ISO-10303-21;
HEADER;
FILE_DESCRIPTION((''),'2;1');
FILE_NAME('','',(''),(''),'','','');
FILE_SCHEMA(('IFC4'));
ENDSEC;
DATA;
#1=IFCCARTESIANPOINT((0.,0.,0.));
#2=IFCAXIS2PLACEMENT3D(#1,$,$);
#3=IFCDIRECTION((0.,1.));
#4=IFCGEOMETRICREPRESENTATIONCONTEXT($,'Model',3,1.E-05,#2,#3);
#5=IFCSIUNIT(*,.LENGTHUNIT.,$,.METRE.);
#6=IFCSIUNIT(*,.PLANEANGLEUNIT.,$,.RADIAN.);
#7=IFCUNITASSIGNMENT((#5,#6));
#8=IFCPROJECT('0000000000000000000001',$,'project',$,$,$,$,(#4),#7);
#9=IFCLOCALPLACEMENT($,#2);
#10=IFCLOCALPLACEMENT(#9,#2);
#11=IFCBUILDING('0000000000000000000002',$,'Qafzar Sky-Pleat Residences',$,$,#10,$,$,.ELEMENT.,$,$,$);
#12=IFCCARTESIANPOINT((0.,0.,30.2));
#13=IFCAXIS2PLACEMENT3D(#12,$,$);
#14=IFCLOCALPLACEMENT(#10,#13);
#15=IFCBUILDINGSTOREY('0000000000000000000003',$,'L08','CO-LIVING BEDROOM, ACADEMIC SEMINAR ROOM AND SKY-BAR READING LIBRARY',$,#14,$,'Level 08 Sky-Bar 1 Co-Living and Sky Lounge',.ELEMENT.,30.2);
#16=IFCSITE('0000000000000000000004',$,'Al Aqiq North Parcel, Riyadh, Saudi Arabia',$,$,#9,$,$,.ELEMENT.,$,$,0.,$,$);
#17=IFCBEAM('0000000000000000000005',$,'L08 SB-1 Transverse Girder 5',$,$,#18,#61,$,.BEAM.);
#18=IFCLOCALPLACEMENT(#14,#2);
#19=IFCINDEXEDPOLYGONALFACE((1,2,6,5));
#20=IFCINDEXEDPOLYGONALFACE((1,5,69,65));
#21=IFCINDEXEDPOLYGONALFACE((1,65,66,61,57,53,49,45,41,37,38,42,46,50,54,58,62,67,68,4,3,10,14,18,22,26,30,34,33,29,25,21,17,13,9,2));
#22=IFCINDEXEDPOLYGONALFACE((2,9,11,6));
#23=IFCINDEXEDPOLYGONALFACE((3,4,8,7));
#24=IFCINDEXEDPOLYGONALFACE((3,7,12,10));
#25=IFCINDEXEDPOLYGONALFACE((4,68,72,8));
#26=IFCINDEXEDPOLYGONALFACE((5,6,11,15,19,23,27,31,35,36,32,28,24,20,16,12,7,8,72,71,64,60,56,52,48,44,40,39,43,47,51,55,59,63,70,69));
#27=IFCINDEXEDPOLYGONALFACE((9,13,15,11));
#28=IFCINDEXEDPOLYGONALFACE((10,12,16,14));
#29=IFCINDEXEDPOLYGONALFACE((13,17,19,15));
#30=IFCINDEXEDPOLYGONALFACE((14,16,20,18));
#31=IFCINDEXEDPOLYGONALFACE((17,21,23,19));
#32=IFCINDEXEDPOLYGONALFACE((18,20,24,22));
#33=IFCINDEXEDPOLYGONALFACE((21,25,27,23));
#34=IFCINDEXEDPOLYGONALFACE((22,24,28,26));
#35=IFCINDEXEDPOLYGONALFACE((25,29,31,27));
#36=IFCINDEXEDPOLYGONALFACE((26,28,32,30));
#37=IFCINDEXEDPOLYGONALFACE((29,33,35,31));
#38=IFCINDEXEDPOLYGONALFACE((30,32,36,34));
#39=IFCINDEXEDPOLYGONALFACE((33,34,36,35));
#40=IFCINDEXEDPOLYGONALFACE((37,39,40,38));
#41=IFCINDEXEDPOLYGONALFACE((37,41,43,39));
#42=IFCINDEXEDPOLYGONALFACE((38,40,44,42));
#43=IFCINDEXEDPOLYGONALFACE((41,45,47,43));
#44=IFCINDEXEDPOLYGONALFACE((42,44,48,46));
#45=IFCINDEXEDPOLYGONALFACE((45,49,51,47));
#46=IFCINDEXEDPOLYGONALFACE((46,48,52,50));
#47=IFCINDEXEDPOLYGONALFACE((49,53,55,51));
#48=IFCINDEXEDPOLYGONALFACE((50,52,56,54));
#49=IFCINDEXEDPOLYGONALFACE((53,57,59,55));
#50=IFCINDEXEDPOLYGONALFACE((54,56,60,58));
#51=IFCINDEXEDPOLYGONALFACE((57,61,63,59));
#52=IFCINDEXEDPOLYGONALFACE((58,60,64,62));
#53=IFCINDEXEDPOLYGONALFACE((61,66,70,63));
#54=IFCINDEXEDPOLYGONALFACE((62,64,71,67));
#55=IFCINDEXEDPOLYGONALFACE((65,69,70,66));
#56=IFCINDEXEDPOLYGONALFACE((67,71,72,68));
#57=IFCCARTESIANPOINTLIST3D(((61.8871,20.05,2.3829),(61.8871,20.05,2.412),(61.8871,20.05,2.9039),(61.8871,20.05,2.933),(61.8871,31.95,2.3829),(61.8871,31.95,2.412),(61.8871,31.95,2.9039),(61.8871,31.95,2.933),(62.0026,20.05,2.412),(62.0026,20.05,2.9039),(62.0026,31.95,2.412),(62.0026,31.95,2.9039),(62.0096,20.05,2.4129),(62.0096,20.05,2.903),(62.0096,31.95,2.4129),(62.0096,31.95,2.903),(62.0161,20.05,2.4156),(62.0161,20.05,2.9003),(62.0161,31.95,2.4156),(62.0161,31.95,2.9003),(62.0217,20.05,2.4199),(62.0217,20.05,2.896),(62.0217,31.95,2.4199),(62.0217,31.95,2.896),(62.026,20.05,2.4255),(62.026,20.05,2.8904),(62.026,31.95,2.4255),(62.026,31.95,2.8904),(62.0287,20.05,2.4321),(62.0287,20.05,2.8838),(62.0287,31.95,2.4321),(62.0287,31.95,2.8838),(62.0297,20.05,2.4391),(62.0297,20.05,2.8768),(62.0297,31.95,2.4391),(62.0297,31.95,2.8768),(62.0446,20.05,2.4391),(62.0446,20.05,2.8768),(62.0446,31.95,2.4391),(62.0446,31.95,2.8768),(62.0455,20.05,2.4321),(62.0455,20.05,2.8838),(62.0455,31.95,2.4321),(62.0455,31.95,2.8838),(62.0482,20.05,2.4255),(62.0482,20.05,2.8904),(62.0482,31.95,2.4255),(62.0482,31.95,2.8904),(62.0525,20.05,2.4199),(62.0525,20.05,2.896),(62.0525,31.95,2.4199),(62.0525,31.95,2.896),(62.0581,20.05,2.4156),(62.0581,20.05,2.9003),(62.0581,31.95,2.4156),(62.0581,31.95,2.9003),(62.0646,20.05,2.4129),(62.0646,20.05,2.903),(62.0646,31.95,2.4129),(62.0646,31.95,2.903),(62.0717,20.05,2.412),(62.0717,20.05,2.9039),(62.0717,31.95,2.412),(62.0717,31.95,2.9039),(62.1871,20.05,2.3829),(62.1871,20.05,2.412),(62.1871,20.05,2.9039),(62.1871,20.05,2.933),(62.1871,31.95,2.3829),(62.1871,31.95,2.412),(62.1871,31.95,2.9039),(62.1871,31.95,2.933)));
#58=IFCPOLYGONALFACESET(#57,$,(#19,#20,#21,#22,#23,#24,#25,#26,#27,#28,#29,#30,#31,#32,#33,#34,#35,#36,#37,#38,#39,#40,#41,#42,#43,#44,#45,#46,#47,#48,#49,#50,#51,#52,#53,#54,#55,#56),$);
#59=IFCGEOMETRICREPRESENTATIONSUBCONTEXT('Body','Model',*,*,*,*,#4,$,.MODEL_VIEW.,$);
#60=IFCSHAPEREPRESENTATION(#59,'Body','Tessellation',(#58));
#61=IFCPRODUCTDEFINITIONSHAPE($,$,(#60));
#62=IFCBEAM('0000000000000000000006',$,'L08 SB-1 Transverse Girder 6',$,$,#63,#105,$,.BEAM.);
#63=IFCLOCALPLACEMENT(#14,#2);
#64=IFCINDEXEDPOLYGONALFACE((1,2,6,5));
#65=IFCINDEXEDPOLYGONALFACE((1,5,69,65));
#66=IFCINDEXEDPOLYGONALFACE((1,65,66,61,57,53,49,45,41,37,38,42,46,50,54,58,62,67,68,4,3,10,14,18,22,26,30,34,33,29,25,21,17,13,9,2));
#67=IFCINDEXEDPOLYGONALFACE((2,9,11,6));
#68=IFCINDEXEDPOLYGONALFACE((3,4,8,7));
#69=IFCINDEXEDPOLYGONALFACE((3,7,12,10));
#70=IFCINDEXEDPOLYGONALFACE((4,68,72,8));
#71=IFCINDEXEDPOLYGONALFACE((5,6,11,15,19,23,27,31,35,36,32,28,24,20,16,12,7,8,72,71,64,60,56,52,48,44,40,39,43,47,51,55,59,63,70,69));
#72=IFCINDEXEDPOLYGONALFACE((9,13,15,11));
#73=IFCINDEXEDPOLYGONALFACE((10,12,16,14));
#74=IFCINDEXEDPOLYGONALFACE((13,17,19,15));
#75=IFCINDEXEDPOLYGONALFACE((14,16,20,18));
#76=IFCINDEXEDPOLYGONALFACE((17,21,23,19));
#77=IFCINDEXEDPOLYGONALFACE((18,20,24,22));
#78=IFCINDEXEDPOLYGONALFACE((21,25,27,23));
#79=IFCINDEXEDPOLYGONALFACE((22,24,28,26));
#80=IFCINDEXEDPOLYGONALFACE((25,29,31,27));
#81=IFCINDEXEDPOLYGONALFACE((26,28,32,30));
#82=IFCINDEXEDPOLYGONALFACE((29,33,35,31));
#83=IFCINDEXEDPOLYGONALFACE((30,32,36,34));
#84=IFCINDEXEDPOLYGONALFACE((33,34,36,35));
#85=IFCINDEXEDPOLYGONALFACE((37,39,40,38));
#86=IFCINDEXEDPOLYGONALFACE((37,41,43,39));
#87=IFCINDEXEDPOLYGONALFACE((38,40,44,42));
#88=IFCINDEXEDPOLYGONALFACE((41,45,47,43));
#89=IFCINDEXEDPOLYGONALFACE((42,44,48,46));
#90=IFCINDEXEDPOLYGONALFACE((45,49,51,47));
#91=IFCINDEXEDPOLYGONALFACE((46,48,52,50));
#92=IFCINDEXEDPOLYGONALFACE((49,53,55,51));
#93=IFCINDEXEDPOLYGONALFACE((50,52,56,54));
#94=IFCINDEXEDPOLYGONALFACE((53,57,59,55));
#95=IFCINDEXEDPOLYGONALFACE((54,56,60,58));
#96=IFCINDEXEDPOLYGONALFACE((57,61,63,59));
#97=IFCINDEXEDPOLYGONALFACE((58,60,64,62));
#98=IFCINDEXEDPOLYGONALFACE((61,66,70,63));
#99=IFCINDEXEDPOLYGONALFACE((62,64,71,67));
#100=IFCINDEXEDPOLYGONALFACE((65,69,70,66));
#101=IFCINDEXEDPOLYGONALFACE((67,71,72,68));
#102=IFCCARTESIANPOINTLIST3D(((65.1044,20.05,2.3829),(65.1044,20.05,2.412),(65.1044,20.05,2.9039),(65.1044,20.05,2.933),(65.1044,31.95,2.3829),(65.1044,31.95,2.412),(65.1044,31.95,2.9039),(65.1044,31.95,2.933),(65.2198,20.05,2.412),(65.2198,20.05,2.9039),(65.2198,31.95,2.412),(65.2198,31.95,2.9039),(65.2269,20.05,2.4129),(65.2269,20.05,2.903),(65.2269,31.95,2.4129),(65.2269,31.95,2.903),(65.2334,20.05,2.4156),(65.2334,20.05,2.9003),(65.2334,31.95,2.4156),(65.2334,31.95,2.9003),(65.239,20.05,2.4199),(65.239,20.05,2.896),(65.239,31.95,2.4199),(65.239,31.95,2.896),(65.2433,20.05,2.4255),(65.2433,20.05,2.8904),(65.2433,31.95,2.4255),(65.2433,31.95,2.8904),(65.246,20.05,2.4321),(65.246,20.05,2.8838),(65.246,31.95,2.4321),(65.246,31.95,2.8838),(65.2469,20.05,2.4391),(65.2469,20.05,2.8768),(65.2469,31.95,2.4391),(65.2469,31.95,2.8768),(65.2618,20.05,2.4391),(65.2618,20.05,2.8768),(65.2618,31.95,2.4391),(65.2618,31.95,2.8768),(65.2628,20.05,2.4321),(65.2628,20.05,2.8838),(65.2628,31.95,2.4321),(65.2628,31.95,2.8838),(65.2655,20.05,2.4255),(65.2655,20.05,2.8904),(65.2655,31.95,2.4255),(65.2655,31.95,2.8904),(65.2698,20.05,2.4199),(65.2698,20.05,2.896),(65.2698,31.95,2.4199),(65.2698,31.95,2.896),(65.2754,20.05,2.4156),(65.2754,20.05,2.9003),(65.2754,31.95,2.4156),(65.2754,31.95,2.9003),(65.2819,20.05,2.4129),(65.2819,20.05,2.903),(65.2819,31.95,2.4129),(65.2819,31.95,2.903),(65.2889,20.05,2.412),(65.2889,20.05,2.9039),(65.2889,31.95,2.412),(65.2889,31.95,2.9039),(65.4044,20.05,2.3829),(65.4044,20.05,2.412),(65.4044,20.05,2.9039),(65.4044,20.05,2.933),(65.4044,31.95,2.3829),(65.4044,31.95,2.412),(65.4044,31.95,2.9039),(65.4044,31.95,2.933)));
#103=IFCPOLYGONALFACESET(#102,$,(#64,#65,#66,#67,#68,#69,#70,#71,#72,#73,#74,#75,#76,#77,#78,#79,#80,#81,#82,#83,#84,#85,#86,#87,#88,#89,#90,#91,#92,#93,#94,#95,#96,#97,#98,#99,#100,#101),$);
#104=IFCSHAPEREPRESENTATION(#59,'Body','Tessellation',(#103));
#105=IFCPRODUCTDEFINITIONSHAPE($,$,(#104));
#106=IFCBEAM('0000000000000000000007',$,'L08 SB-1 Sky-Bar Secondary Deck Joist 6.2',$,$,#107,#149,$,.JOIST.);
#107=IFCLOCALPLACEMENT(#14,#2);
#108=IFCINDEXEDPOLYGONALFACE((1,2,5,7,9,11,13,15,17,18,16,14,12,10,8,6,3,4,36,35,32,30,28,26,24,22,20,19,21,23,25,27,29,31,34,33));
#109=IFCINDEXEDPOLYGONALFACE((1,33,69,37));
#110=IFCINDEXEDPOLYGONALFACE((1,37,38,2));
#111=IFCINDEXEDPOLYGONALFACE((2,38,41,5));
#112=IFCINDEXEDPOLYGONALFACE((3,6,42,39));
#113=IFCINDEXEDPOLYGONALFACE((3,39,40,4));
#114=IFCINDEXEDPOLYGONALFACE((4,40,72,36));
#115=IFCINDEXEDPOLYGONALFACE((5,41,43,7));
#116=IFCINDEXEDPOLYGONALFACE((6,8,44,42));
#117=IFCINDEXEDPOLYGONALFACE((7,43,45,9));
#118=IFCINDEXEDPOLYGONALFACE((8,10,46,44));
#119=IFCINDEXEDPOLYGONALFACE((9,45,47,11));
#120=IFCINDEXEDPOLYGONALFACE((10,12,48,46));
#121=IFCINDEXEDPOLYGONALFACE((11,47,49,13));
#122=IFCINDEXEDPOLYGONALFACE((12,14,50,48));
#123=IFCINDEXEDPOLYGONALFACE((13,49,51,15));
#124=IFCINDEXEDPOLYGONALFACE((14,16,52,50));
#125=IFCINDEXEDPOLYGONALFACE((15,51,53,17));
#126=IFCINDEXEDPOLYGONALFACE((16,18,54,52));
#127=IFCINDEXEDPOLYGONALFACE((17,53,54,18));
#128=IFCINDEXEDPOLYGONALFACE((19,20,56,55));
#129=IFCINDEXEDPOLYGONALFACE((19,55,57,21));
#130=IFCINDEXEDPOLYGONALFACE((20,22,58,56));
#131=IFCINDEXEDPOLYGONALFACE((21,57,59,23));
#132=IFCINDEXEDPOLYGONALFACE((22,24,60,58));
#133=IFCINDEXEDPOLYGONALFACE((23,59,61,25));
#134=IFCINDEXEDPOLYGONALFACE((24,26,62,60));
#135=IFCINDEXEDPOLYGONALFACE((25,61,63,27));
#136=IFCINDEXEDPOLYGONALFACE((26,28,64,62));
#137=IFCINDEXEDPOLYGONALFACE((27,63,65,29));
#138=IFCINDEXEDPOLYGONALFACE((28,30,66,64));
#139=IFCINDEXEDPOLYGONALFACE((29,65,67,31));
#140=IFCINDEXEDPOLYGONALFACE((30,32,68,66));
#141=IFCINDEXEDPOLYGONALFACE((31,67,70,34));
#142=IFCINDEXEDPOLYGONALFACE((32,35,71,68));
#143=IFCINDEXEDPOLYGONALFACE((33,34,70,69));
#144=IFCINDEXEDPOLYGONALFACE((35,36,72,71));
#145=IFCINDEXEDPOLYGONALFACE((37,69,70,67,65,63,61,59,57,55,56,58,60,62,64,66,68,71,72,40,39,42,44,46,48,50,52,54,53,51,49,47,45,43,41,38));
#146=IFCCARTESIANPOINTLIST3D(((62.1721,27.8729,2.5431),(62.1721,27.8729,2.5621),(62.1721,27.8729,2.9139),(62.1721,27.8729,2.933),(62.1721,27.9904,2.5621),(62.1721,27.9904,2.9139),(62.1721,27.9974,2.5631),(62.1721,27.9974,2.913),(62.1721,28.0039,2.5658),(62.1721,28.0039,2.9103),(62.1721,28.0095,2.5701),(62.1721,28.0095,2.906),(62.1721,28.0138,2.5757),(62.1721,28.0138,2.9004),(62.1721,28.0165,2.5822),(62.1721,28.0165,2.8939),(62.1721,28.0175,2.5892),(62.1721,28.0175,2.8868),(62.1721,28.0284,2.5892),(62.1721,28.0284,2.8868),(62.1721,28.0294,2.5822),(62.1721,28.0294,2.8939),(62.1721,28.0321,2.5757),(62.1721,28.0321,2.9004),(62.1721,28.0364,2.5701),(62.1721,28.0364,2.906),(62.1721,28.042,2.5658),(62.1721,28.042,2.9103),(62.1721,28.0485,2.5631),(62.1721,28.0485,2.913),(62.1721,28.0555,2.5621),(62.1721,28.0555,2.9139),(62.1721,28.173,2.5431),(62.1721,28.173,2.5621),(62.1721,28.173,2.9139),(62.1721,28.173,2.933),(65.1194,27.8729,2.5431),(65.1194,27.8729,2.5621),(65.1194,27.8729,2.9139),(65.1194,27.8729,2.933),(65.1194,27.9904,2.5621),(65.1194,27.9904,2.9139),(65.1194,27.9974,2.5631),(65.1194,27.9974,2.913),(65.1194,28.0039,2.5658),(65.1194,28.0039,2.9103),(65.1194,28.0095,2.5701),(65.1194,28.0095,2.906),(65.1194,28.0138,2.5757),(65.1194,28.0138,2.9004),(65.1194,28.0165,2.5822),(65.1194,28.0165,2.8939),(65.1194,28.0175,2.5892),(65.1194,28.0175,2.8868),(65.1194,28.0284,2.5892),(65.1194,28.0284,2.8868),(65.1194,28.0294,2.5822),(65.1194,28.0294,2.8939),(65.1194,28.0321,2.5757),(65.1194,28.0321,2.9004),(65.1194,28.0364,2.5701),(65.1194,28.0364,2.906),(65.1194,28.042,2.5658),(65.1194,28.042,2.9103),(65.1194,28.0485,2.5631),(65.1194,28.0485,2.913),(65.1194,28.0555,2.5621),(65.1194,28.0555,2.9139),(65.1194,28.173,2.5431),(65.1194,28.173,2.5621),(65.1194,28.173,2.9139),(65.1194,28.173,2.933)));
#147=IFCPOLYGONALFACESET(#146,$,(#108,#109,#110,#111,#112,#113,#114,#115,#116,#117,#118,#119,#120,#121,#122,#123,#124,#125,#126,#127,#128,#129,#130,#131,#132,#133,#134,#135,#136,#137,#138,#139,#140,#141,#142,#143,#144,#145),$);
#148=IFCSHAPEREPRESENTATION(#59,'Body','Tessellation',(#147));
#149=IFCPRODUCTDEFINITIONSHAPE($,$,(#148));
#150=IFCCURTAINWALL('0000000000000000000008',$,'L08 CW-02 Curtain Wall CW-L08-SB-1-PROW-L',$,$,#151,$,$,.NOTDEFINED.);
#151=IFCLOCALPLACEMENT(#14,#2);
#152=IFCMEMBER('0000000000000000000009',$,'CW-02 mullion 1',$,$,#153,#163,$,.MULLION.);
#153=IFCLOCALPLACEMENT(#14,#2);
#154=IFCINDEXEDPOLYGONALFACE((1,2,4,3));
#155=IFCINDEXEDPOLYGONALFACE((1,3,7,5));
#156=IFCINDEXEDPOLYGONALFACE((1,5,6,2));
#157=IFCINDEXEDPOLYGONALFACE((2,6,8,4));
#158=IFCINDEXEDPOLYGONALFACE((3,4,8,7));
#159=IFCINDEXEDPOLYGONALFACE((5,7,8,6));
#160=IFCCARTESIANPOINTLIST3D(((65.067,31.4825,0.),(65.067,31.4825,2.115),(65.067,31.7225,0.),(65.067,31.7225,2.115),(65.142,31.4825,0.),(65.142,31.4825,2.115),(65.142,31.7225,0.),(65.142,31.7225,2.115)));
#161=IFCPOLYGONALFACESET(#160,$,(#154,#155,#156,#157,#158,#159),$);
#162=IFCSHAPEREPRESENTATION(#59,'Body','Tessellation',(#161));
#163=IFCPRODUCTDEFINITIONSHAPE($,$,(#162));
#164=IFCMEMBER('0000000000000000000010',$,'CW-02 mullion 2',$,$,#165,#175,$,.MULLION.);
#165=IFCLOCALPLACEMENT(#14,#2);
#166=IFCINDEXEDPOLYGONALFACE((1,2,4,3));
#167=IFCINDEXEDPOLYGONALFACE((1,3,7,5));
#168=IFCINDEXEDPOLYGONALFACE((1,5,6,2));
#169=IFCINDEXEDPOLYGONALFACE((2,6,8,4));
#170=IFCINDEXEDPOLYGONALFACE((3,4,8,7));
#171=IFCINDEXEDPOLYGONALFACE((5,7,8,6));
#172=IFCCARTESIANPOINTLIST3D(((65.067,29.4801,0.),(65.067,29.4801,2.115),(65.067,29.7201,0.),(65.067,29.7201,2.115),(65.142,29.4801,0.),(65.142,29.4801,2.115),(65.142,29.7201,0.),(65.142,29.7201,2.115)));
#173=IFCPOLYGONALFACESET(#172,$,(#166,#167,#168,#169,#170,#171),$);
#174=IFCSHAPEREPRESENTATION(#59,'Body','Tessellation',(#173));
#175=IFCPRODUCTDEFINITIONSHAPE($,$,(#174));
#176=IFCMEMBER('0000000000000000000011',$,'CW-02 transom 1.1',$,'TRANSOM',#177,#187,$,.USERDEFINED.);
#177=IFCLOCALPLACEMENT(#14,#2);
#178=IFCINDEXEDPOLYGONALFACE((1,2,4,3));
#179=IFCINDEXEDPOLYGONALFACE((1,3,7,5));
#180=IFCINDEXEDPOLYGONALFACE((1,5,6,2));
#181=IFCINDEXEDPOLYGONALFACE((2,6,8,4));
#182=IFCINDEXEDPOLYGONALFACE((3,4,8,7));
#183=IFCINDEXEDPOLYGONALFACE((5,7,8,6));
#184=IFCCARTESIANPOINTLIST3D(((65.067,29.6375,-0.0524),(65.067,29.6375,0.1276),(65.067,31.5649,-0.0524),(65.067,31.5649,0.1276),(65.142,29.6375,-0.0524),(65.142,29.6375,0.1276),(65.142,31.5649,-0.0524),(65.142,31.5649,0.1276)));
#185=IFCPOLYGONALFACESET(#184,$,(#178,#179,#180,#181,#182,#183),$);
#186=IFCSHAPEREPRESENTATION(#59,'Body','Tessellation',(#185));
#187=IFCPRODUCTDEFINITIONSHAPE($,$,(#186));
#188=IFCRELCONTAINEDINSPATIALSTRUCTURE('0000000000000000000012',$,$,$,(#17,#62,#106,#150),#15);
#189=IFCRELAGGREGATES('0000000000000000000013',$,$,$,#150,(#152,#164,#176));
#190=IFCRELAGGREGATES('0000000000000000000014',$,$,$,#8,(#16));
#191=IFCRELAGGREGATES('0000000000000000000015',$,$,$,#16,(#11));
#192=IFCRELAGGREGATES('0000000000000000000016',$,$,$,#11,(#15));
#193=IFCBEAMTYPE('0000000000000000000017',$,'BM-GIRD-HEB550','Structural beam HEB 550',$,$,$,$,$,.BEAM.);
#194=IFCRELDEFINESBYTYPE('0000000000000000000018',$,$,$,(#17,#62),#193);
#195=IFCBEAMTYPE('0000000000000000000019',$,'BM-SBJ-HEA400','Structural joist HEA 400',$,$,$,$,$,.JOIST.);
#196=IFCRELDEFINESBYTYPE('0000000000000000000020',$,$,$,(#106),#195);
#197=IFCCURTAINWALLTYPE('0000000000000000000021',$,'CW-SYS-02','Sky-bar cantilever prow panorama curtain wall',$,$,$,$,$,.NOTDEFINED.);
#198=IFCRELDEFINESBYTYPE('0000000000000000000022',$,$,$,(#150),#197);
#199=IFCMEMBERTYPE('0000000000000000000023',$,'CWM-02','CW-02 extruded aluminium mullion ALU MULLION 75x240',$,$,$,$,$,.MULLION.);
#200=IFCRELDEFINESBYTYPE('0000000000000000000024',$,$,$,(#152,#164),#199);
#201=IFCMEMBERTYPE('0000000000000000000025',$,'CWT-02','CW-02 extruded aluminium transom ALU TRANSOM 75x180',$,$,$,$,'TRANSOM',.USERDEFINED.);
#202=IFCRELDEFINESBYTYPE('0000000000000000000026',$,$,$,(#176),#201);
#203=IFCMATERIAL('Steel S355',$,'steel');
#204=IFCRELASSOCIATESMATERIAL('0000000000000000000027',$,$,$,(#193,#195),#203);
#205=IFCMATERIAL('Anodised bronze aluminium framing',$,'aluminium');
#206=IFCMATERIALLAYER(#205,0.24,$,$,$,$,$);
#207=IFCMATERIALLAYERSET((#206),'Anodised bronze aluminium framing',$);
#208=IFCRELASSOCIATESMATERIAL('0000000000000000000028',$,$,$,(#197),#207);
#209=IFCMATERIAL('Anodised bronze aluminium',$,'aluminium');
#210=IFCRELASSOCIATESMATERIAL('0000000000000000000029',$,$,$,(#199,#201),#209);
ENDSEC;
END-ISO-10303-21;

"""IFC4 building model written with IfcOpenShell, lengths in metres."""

from ifc_helpers import new_model, si_unit, direction, frame, origin, origin_2d, place, context, subcontext, project, spatial, rectangle, i_section, extrude, source, transform, mapped, material, layer, layer_set, material_profile, profile_set, type_object, element, aggregate, save


model = new_model("IFC4")

# Units and contexts
model_context = context("Model", 3, precision=1e-05, world=origin(), true_north=direction((0.0, 1.0)))
body_context = subcontext(model_context, "Body", "Model", "MODEL_VIEW")
ifc_project = project(units=[si_unit("LENGTHUNIT", "METRE"), si_unit("PLANEANGLEUNIT", "RADIAN")], contexts=[model_context])

# Site, building, storey
site_placement = place(None, origin())
site = spatial("IfcSite", under=ifc_project, at=site_placement, Name="Al Aqiq North Parcel, Riyadh, Saudi Arabia", CompositionType="ELEMENT", RefElevation=0.0)
building_placement = place(site_placement, origin())
building = spatial("IfcBuilding", under=site, at=building_placement, Name="Qafzar Sky-Pleat Residences", CompositionType="ELEMENT")
storey_placement = place(building_placement, frame((0.0, 0.0, 30.2)))
storey = spatial("IfcBuildingStorey", under=building, at=storey_placement, Name="L08", Description="CO-LIVING BEDROOM, ACADEMIC SEMINAR ROOM AND SKY-BAR READING LIBRARY", LongName="Level 08 Sky-Bar 1 Co-Living and Sky Lounge", CompositionType="ELEMENT", Elevation=30.2)

# Beams
ifc_material_1 = material(Name="Steel S355", Category="steel")
ifc_material_profile_1 = material_profile(ifc_material_1, i_section(OverallWidth=0.3, OverallDepth=0.55, WebThickness=0.0149, FlangeThickness=0.0291, FilletRadius=0.0271, at=origin_2d()), Name="HEB 550")
ifc_profile_set_1 = profile_set([ifc_material_profile_1], Name="Steel S355")
beam_type_1 = type_object("IfcBeamType", Name="BM-GIRD-HEB550", Description="Structural beam HEB 550", PredefinedType="BEAM", material=ifc_profile_set_1)
shared_shape_1 = source(origin(), body_context, "Body", "SweptSolid", [
    extrude(i_section(OverallWidth=0.3, OverallDepth=0.55, WebThickness=0.0149, FlangeThickness=0.0291, FilletRadius=0.0271, at=origin_2d()), origin(), (0.0, 0.0, 1.0), 11.8999),
])
for number, where, z_axis, x_axis, name in (
    (1, (62.0371, 31.95, 2.658), (0.0, -1.0, 0.0), (1.0, 0.0, 0.0), "L08 SB-1 Transverse Girder 5"),
    (2, (65.2544, 31.95, 2.658), (0.0, -1.0, 0.0), (1.0, 0.0, 0.0), "L08 SB-1 Transverse Girder 6"),
):
    element("IfcBeam", number, at=place(storey_placement, frame(where, z_axis=z_axis, x_axis=x_axis)), inside=storey, type_object=beam_type_1, Name=name, PredefinedType="BEAM", context=body_context, shape_type="MappedRepresentation", body=[
        mapped(shared_shape_1, transform((0.0, 0.0, 0.0), x_axis=(1.0, 0.0, 0.0), y_axis=(0.0, 1.0, 0.0), z_axis=(0.0, 0.0, 1.0), scale=1.0)),
    ])
ifc_material_profile_2 = material_profile(ifc_material_1, i_section(OverallWidth=0.3, OverallDepth=0.3899, WebThickness=0.011, FlangeThickness=0.019, FilletRadius=0.0271, at=origin_2d()), Name="HEA 400")
ifc_profile_set_2 = profile_set([ifc_material_profile_2], Name="Steel S355")
beam_type_2 = type_object("IfcBeamType", Name="BM-SBJ-HEA400", Description="Structural joist HEA 400", PredefinedType="JOIST", material=ifc_profile_set_2)
shared_shape_2 = source(origin(), body_context, "Body", "SweptSolid", [
    extrude(i_section(OverallWidth=0.3, OverallDepth=0.3899, WebThickness=0.011, FlangeThickness=0.019, FilletRadius=0.0271, at=origin_2d()), origin(), (0.0, 0.0, 1.0), 2.9473),
])
beam_1_placement = place(storey_placement, frame((62.1721, 28.0229, 2.738), z_axis=(1.0, 0.0, 0.0), x_axis=(0.0, 1.0, 0.0)))
element("IfcBeam", 3, at=beam_1_placement, inside=storey, type_object=beam_type_2, Name="L08 SB-1 Sky-Bar Secondary Deck Joist 6.2", PredefinedType="JOIST", context=body_context, shape_type="MappedRepresentation", body=[
    mapped(shared_shape_2, transform((0.0, 0.0, 0.0), x_axis=(1.0, 0.0, 0.0), y_axis=(0.0, 1.0, 0.0), z_axis=(0.0, 0.0, 1.0), scale=1.0)),
])

# Curtain wall, members
ifc_material_2 = material(Name="Anodised bronze aluminium framing", Category="aluminium")
ifc_layer_1 = layer(ifc_material_2, 0.24)
ifc_layer_set_1 = layer_set([ifc_layer_1], Name="Anodised bronze aluminium framing")
curtain_wall_type = type_object("IfcCurtainWallType", Name="CW-SYS-02", Description="Sky-bar cantilever prow panorama curtain wall", PredefinedType="NOTDEFINED", material=ifc_layer_set_1)
curtain_wall_placement = place(storey_placement, origin())
curtain_wall = element("IfcCurtainWall", 4, at=curtain_wall_placement, inside=storey, type_object=curtain_wall_type, Name="L08 CW-02 Curtain Wall CW-L08-SB-1-PROW-L", PredefinedType="NOTDEFINED")
ifc_material_3 = material(Name="Anodised bronze aluminium", Category="aluminium")
ifc_material_profile_3 = material_profile(ifc_material_3, rectangle(XDim=0.075, YDim=0.24, at=origin_2d()), Name="ALU MULLION 75x240")
ifc_profile_set_3 = profile_set([ifc_material_profile_3], Name="Anodised bronze aluminium")
member_type_1 = type_object("IfcMemberType", Name="CWM-02", Description="CW-02 extruded aluminium mullion ALU MULLION 75x240", PredefinedType="MULLION", material=ifc_profile_set_3)
shared_shape_3 = source(origin(), body_context, "Body", "SweptSolid", [
    extrude(rectangle(XDim=0.075, YDim=0.24, at=origin_2d()), origin(), (0.0, 0.0, 1.0), 2.115),
])
member_1_placement = place(storey_placement, frame((65.1045, 31.6025, 0.0), z_axis=(0.0, 0.0, 1.0), x_axis=(1.0, 0.0, 0.0)))
member_1 = element("IfcMember", 5, at=member_1_placement, type_object=member_type_1, Name="CW-02 mullion 1", PredefinedType="MULLION", context=body_context, shape_type="MappedRepresentation", body=[
    mapped(shared_shape_3, transform((0.0, 0.0, 0.0), x_axis=(1.0, 0.0, 0.0), y_axis=(0.0, 1.0, 0.0), z_axis=(0.0, 0.0, 1.0), scale=1.0)),
])
member_2_placement = place(storey_placement, frame((65.1045, 29.6001, 0.0), z_axis=(0.0, 0.0, 1.0), x_axis=(1.0, 0.0, 0.0)))
member_2 = element("IfcMember", 6, at=member_2_placement, type_object=member_type_1, Name="CW-02 mullion 2", PredefinedType="MULLION", context=body_context, shape_type="MappedRepresentation", body=[
    mapped(shared_shape_3, transform((0.0, 0.0, 0.0), x_axis=(1.0, 0.0, 0.0), y_axis=(0.0, 1.0, 0.0), z_axis=(0.0, 0.0, 1.0), scale=1.0)),
])
ifc_material_profile_4 = material_profile(ifc_material_3, rectangle(XDim=0.075, YDim=0.1799, at=origin_2d()), Name="ALU TRANSOM 75x180")
ifc_profile_set_4 = profile_set([ifc_material_profile_4], Name="Anodised bronze aluminium")
member_type_2 = type_object("IfcMemberType", Name="CWT-02", Description="CW-02 extruded aluminium transom ALU TRANSOM 75x180", ElementType="TRANSOM", PredefinedType="USERDEFINED", material=ifc_profile_set_4)
shared_shape_4 = source(origin(), body_context, "Body", "SweptSolid", [
    extrude(rectangle(XDim=0.075, YDim=0.1799, at=origin_2d()), origin(), (0.0, 0.0, 1.0), 1.9275),
])
member_3_placement = place(storey_placement, frame((65.1045, 31.5649, 0.0376), z_axis=(0.0, -1.0, 0.0), x_axis=(1.0, 0.0, 0.0)))
member_3 = element("IfcMember", 7, at=member_3_placement, type_object=member_type_2, Name="CW-02 transom 1.1", ObjectType="TRANSOM", PredefinedType="USERDEFINED", context=body_context, shape_type="MappedRepresentation", body=[
    mapped(shared_shape_4, transform((0.0, 0.0, 0.0), x_axis=(1.0, 0.0, 0.0), y_axis=(0.0, 1.0, 0.0), z_axis=(0.0, 0.0, 1.0), scale=1.0)),
])
aggregate(curtain_wall, [member_1, member_2, member_3])

save(model, "model.ifc")
